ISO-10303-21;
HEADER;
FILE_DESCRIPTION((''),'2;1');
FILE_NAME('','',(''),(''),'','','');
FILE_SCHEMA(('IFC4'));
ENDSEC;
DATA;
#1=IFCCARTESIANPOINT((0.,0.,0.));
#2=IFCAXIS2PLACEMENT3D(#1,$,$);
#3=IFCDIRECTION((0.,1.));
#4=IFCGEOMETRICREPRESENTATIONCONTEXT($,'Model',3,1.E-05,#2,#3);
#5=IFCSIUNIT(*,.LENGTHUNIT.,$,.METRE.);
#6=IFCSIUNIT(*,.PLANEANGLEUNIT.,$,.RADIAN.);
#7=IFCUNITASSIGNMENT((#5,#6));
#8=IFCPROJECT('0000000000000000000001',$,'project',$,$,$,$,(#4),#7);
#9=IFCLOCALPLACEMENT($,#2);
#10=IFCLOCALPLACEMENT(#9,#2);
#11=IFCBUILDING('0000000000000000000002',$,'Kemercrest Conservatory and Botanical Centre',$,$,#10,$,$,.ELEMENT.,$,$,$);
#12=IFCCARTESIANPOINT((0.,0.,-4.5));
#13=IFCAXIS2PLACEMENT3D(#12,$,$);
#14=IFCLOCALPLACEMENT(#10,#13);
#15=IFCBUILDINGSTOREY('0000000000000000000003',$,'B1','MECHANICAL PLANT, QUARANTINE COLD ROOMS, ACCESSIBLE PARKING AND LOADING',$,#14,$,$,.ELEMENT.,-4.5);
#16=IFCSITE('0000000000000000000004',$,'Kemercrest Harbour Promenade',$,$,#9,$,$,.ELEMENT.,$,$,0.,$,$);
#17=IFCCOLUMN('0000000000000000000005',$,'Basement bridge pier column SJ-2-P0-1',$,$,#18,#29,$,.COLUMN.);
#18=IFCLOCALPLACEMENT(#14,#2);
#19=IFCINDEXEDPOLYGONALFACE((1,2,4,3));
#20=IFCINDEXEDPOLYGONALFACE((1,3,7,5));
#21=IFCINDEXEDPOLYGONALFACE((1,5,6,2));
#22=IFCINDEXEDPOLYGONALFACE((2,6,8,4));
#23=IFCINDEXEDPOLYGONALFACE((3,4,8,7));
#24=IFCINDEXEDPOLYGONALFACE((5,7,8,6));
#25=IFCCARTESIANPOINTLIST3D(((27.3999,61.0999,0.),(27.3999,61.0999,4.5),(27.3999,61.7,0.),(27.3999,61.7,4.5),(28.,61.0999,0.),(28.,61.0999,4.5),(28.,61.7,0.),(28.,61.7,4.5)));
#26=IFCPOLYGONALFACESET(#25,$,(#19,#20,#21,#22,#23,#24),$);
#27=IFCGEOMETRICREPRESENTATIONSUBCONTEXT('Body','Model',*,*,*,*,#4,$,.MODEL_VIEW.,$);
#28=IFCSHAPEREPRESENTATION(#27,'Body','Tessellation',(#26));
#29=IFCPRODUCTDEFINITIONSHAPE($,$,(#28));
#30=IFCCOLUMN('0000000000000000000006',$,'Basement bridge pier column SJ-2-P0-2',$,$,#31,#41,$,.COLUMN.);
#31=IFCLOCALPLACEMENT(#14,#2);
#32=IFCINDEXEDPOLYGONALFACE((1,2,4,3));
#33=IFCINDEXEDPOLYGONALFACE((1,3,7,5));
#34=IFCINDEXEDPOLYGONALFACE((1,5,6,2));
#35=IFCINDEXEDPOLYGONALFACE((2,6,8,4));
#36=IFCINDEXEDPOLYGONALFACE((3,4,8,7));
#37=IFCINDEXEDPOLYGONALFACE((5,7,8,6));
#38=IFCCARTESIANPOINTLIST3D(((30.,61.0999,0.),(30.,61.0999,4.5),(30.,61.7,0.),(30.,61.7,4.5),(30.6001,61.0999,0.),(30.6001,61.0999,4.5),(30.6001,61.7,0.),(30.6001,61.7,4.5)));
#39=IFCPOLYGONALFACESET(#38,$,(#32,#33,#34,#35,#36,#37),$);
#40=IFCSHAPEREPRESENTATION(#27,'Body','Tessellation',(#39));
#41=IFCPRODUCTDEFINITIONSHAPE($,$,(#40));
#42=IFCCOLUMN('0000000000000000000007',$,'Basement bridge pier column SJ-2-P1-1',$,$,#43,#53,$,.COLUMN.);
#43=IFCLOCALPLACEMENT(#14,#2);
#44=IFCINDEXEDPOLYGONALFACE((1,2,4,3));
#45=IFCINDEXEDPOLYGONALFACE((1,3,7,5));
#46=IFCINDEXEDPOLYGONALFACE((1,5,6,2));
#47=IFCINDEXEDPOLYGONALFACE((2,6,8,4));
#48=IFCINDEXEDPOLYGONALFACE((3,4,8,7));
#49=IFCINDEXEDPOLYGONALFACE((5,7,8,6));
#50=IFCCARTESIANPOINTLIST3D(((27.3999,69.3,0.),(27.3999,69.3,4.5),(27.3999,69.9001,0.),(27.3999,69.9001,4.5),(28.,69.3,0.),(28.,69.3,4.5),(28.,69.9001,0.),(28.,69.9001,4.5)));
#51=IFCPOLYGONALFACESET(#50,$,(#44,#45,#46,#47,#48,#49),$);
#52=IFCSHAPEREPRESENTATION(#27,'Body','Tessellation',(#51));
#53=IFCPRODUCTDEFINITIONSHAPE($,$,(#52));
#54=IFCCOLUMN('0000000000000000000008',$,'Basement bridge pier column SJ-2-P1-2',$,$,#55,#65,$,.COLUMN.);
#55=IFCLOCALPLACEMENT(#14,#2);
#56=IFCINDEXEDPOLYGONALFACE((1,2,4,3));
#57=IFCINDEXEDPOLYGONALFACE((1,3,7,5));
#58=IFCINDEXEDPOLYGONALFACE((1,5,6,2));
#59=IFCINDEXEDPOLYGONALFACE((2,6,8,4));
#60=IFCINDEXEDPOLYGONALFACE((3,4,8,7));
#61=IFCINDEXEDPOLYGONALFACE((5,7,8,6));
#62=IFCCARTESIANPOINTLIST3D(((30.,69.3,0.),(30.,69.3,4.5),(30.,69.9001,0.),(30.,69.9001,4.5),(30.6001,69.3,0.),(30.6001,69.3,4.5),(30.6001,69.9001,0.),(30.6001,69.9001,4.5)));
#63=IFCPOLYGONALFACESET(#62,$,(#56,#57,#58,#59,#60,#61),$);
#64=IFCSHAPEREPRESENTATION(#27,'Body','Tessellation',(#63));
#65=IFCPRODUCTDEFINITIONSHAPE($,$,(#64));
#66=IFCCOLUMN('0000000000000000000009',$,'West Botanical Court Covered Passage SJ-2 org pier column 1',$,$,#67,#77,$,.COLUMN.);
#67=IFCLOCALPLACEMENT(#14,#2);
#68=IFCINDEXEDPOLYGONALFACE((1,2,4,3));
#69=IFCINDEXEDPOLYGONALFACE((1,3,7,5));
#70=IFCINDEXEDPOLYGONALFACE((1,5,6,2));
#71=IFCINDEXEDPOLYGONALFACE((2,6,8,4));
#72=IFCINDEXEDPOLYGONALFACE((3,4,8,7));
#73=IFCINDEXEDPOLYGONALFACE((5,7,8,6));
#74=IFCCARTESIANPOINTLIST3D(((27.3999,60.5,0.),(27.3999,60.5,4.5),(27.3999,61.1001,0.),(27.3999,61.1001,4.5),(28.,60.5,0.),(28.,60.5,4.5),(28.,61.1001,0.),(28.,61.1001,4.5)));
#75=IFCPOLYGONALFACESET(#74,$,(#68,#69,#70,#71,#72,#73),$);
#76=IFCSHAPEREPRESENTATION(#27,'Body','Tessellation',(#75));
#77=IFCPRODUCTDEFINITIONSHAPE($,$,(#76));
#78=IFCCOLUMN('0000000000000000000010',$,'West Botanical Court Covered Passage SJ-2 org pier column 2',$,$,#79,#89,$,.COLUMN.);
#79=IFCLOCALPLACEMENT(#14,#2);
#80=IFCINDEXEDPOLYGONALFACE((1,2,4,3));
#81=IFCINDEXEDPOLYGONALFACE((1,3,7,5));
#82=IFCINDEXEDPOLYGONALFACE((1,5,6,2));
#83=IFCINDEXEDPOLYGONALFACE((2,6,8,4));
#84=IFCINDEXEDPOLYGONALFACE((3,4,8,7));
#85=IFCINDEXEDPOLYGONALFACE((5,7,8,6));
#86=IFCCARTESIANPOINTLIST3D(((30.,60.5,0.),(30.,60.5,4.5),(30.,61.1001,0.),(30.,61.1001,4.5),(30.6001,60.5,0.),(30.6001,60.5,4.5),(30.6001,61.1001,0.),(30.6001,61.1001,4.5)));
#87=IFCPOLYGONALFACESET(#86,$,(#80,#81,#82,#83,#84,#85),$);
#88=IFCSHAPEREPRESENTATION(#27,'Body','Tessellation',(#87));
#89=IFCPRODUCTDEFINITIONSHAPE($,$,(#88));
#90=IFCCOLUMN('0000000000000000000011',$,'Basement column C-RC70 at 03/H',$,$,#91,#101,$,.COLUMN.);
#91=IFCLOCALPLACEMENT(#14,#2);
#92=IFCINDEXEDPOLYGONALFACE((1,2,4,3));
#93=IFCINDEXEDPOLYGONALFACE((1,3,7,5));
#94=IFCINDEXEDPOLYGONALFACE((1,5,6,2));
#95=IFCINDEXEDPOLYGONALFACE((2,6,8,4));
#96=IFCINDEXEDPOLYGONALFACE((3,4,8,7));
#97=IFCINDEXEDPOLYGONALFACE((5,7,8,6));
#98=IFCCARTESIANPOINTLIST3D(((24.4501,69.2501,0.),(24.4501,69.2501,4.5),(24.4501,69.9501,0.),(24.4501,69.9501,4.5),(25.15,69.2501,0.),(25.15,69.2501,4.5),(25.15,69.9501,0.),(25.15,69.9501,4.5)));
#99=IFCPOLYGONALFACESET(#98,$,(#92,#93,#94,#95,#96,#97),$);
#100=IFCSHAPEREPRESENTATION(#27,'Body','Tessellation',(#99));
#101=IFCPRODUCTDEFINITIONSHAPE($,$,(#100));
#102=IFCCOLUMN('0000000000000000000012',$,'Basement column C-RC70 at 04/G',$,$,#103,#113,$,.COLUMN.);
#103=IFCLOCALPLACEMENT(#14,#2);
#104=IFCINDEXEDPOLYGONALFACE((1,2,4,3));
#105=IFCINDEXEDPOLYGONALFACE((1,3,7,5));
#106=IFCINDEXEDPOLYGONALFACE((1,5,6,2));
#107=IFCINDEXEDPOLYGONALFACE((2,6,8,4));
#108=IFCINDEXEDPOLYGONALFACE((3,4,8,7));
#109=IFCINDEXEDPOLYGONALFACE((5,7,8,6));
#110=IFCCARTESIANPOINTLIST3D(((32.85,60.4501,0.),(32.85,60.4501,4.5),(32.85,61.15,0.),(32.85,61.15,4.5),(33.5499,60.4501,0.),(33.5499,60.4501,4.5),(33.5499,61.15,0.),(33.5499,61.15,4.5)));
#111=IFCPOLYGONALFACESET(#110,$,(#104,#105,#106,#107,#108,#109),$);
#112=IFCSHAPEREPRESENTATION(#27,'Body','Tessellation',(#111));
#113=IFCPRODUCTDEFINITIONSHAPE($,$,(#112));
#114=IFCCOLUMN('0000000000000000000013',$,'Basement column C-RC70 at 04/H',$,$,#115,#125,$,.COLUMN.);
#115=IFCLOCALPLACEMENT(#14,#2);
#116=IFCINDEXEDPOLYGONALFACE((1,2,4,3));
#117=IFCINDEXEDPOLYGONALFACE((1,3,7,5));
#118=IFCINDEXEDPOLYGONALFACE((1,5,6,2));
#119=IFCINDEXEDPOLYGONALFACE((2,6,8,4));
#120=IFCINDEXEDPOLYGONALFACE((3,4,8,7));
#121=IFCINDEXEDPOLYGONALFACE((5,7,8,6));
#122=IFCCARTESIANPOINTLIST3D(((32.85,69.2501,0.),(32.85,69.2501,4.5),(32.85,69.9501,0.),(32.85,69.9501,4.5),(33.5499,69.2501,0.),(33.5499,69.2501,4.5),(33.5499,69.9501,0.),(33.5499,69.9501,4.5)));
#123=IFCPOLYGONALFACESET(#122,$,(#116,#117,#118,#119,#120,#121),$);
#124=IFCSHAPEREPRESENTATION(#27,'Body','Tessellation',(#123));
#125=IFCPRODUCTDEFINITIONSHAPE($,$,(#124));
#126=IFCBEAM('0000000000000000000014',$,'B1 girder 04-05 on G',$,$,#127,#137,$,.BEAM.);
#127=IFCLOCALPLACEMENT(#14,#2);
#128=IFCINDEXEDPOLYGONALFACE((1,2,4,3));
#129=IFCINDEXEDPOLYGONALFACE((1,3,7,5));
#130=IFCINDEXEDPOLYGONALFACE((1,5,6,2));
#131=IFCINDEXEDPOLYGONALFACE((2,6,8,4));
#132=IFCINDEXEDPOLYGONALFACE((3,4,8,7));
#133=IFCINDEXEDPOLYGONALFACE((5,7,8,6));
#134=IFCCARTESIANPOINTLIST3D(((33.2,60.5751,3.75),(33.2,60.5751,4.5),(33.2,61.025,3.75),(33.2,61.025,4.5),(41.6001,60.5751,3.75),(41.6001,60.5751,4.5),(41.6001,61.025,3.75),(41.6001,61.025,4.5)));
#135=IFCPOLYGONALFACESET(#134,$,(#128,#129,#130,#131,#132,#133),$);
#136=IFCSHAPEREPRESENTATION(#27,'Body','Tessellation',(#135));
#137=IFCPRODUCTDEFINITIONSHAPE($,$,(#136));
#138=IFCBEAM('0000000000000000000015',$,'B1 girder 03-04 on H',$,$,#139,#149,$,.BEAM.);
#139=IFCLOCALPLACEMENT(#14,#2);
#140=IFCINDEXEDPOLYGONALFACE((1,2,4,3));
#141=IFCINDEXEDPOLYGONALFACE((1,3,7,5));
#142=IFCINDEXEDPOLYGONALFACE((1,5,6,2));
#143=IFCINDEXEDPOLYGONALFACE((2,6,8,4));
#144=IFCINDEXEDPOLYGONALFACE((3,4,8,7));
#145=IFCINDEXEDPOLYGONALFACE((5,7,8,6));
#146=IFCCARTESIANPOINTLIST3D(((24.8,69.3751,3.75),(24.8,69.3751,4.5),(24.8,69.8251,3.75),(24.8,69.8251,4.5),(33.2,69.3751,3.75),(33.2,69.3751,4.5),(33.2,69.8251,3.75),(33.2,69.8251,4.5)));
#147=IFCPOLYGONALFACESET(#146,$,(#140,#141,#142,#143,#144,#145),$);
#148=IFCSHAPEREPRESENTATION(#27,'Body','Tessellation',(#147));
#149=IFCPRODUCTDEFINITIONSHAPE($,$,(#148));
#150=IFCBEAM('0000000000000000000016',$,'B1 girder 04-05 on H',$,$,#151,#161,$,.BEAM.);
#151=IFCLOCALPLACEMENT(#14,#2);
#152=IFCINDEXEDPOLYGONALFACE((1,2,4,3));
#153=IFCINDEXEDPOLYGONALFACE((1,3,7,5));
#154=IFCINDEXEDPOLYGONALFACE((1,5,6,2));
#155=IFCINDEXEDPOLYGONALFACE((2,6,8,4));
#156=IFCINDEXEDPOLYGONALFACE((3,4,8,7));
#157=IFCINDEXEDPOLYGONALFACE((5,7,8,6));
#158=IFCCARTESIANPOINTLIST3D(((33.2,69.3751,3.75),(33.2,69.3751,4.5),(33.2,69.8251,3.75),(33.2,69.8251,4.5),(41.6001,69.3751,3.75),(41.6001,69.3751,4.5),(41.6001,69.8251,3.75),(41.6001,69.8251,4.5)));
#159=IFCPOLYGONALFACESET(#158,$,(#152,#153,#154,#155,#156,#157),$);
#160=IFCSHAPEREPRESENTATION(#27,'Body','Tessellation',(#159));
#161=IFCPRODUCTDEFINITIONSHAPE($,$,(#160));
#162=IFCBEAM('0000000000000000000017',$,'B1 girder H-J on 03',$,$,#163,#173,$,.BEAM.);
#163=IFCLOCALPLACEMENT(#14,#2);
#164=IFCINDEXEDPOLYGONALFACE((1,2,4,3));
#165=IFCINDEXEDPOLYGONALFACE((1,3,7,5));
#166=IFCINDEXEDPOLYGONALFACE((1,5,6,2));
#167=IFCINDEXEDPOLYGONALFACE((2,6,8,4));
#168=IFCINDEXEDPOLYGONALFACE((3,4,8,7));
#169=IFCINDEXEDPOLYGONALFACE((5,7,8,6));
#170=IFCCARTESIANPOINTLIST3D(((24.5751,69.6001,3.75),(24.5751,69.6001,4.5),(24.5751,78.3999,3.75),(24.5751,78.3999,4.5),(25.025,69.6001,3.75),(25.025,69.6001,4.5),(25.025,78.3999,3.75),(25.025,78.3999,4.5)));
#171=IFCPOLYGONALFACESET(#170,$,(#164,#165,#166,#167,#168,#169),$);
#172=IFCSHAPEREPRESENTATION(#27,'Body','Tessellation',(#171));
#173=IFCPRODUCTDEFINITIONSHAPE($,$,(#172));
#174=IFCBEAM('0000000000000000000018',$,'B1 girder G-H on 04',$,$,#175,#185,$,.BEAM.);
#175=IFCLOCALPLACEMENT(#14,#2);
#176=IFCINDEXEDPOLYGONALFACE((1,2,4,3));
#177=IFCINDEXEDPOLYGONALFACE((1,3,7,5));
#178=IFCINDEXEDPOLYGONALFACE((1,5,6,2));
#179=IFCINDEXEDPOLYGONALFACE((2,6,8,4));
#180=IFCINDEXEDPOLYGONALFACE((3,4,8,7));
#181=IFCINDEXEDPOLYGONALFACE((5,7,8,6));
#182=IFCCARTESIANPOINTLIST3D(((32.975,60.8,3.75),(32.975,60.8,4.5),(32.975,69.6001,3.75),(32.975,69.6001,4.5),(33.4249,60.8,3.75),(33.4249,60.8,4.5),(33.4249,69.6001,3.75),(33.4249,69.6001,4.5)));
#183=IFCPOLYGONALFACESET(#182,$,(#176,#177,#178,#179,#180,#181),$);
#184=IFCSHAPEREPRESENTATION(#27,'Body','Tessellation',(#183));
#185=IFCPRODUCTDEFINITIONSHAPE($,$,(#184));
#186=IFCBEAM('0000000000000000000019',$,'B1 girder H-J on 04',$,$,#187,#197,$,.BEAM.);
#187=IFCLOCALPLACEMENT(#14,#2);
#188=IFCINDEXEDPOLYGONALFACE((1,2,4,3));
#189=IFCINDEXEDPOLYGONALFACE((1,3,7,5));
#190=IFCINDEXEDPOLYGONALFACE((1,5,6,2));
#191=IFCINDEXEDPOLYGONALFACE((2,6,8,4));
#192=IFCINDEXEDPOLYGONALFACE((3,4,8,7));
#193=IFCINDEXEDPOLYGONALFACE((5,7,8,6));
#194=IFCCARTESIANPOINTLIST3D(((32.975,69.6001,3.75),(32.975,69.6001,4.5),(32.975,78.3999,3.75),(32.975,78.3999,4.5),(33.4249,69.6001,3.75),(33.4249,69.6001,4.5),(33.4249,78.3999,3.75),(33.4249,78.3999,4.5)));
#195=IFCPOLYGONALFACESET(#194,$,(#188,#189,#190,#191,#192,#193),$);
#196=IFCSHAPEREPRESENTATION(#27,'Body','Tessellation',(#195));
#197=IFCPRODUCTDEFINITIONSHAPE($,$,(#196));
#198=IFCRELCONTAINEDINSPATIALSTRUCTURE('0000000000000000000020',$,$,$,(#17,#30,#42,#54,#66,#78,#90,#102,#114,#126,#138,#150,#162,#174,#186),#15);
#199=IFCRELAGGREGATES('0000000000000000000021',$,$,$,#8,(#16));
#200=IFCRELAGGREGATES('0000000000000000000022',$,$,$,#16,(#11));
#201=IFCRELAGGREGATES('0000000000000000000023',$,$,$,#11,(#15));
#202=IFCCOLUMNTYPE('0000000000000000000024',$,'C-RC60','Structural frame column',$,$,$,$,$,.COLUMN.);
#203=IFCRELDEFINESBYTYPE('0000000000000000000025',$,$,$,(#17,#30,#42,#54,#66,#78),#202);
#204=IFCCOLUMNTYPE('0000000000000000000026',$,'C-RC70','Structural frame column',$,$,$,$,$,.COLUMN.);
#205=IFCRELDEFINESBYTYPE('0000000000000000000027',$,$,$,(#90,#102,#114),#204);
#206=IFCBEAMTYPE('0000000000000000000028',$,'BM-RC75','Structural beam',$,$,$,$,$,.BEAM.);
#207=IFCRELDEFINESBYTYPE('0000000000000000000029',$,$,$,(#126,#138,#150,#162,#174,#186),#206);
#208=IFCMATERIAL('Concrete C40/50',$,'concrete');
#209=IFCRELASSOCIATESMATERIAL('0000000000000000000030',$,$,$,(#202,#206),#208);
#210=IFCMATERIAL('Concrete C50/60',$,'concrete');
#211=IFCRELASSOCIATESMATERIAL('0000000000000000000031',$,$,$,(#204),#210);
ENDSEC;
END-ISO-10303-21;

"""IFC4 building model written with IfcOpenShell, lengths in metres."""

from ifc_helpers import new_model, si_unit, direction, frame, origin, origin_2d, place, context, subcontext, project, spatial, rectangle, extrude, material, material_profile, profile_set, type_object, element, save


model = new_model("IFC4")

# Units and contexts
model_context = context("Model", 3, precision=1e-05, world=origin(), true_north=direction((0.0, 1.0)))
body_context = subcontext(model_context, "Body", "Model", "MODEL_VIEW")
ifc_project = project(units=[si_unit("LENGTHUNIT", "METRE"), si_unit("PLANEANGLEUNIT", "RADIAN")], contexts=[model_context])

# Site, building, storey
site_placement = place(None, origin())
site = spatial("IfcSite", under=ifc_project, at=site_placement, Name="Kemercrest Harbour Promenade", CompositionType="ELEMENT", RefElevation=0.0)
building_placement = place(site_placement, origin())
building = spatial("IfcBuilding", under=site, at=building_placement, Name="Kemercrest Conservatory and Botanical Centre", CompositionType="ELEMENT")
storey_placement = place(building_placement, frame((0.0, 0.0, -4.5)))
storey = spatial("IfcBuildingStorey", under=building, at=storey_placement, Name="B1", Description="MECHANICAL PLANT, QUARANTINE COLD ROOMS, ACCESSIBLE PARKING AND LOADING", CompositionType="ELEMENT", Elevation=-4.5)

# Shared definitions
ifc_material_1 = material(Name="Concrete C40/50", Category="concrete")

# Columns
ifc_material_profile_1 = material_profile(ifc_material_1, rectangle(XDim=0.6001, YDim=0.6001, at=origin_2d()), Name="RC 600x600")
ifc_profile_set_1 = profile_set([ifc_material_profile_1], Name="Concrete C40/50")
column_type_1 = type_object("IfcColumnType", Name="C-RC60", Description="Structural frame column", PredefinedType="COLUMN", material=ifc_profile_set_1)
for number, where, z_axis, x_axis, name in (
    (1, (27.7, 61.3999, 0.0), (0.0, 0.0, 1.0), (1.0, 0.0, 0.0), "Basement bridge pier column SJ-2-P0-1"),
    (2, (30.3, 61.3999, 0.0), (0.0, 0.0, 1.0), (1.0, 0.0, 0.0), "Basement bridge pier column SJ-2-P0-2"),
    (3, (27.7, 69.6001, 0.0), (0.0, 0.0, 1.0), (1.0, 0.0, 0.0), "Basement bridge pier column SJ-2-P1-1"),
    (4, (30.3, 69.6001, 0.0), (0.0, 0.0, 1.0), (1.0, 0.0, 0.0), "Basement bridge pier column SJ-2-P1-2"),
    (5, (27.7, 60.8, 0.0), (0.0, 0.0, 1.0), (1.0, 0.0, 0.0), "West Botanical Court Covered Passage SJ-2 org pier column 1"),
    (6, (30.3, 60.8, 0.0), (0.0, 0.0, 1.0), (1.0, 0.0, 0.0), "West Botanical Court Covered Passage SJ-2 org pier column 2"),
):
    element("IfcColumn", number, at=place(storey_placement, frame(where, z_axis=z_axis, x_axis=x_axis)), inside=storey, type_object=column_type_1, Name=name, PredefinedType="COLUMN", context=body_context, shape_type="SweptSolid", body=[
        extrude(rectangle(XDim=0.6001, YDim=0.6001, at=origin_2d()), origin(), (0.0, 0.0, 1.0), 4.5),
    ])
ifc_material_2 = material(Name="Concrete C50/60", Category="concrete")
ifc_material_profile_2 = material_profile(ifc_material_2, rectangle(XDim=0.7, YDim=0.7, at=origin_2d()), Name="RC 700x700")
ifc_profile_set_2 = profile_set([ifc_material_profile_2], Name="Concrete C50/60")
column_type_2 = type_object("IfcColumnType", Name="C-RC70", Description="Structural frame column", PredefinedType="COLUMN", material=ifc_profile_set_2)
for number, where, z_axis, x_axis, name in (
    (7, (24.8, 69.6001, 0.0), (0.0, 0.0, 1.0), (1.0, 0.0, 0.0), "Basement column C-RC70 at 03/H"),
    (8, (33.2, 60.8, 0.0), (0.0, 0.0, 1.0), (1.0, 0.0, 0.0), "Basement column C-RC70 at 04/G"),
    (9, (33.2, 69.6001, 0.0), (0.0, 0.0, 1.0), (1.0, 0.0, 0.0), "Basement column C-RC70 at 04/H"),
):
    element("IfcColumn", number, at=place(storey_placement, frame(where, z_axis=z_axis, x_axis=x_axis)), inside=storey, type_object=column_type_2, Name=name, PredefinedType="COLUMN", context=body_context, shape_type="SweptSolid", body=[
        extrude(rectangle(XDim=0.7, YDim=0.7, at=origin_2d()), origin(), (0.0, 0.0, 1.0), 4.5),
    ])

# Beams
ifc_material_profile_3 = material_profile(ifc_material_1, rectangle(XDim=0.45, YDim=0.75, at=origin_2d()), Name="RC 450x750")
ifc_profile_set_3 = profile_set([ifc_material_profile_3], Name="Concrete C40/50")
beam_type = type_object("IfcBeamType", Name="BM-RC75", Description="Structural beam", PredefinedType="BEAM", material=ifc_profile_set_3)
beam_1_placement = place(storey_placement, frame((33.2, 60.8, 4.125), z_axis=(1.0, 0.0, 0.0), x_axis=(0.0, 1.0, 0.0)))
element("IfcBeam", 10, at=beam_1_placement, inside=storey, type_object=beam_type, Name="B1 girder 04-05 on G", PredefinedType="BEAM", context=body_context, shape_type="SweptSolid", body=[
    extrude(rectangle(XDim=0.45, YDim=0.75, at=origin_2d()), origin(), (0.0, 0.0, 1.0), 8.4001),
])
beam_2_placement = place(storey_placement, frame((24.8, 69.6001, 4.125), z_axis=(1.0, 0.0, 0.0), x_axis=(0.0, 1.0, 0.0)))
element("IfcBeam", 11, at=beam_2_placement, inside=storey, type_object=beam_type, Name="B1 girder 03-04 on H", PredefinedType="BEAM", context=body_context, shape_type="SweptSolid", body=[
    extrude(rectangle(XDim=0.45, YDim=0.75, at=origin_2d()), origin(), (0.0, 0.0, 1.0), 8.3999),
])
beam_3_placement = place(storey_placement, frame((33.2, 69.6001, 4.125), z_axis=(1.0, 0.0, 0.0), x_axis=(0.0, 1.0, 0.0)))
element("IfcBeam", 12, at=beam_3_placement, inside=storey, type_object=beam_type, Name="B1 girder 04-05 on H", PredefinedType="BEAM", context=body_context, shape_type="SweptSolid", body=[
    extrude(rectangle(XDim=0.45, YDim=0.75, at=origin_2d()), origin(), (0.0, 0.0, 1.0), 8.4001),
])
beam_4_placement = place(storey_placement, frame((24.8, 69.6001, 4.125), z_axis=(0.0, 1.0, 0.0), x_axis=(-1.0, 0.0, 0.0)))
element("IfcBeam", 13, at=beam_4_placement, inside=storey, type_object=beam_type, Name="B1 girder H-J on 03", PredefinedType="BEAM", context=body_context, shape_type="SweptSolid", body=[
    extrude(rectangle(XDim=0.45, YDim=0.75, at=origin_2d()), origin(), (0.0, 0.0, 1.0), 8.7998),
])
beam_5_placement = place(storey_placement, frame((33.2, 60.8, 4.125), z_axis=(0.0, 1.0, 0.0), x_axis=(-1.0, 0.0, 0.0)))
element("IfcBeam", 14, at=beam_5_placement, inside=storey, type_object=beam_type, Name="B1 girder G-H on 04", PredefinedType="BEAM", context=body_context, shape_type="SweptSolid", body=[
    extrude(rectangle(XDim=0.45, YDim=0.75, at=origin_2d()), origin(), (0.0, 0.0, 1.0), 8.8),
])
beam_6_placement = place(storey_placement, frame((33.2, 69.6001, 4.125), z_axis=(0.0, 1.0, 0.0), x_axis=(-1.0, 0.0, 0.0)))
element("IfcBeam", 15, at=beam_6_placement, inside=storey, type_object=beam_type, Name="B1 girder H-J on 04", PredefinedType="BEAM", context=body_context, shape_type="SweptSolid", body=[
    extrude(rectangle(XDim=0.45, YDim=0.75, at=origin_2d()), origin(), (0.0, 0.0, 1.0), 8.7998),
])

save(model, "model.ifc")
